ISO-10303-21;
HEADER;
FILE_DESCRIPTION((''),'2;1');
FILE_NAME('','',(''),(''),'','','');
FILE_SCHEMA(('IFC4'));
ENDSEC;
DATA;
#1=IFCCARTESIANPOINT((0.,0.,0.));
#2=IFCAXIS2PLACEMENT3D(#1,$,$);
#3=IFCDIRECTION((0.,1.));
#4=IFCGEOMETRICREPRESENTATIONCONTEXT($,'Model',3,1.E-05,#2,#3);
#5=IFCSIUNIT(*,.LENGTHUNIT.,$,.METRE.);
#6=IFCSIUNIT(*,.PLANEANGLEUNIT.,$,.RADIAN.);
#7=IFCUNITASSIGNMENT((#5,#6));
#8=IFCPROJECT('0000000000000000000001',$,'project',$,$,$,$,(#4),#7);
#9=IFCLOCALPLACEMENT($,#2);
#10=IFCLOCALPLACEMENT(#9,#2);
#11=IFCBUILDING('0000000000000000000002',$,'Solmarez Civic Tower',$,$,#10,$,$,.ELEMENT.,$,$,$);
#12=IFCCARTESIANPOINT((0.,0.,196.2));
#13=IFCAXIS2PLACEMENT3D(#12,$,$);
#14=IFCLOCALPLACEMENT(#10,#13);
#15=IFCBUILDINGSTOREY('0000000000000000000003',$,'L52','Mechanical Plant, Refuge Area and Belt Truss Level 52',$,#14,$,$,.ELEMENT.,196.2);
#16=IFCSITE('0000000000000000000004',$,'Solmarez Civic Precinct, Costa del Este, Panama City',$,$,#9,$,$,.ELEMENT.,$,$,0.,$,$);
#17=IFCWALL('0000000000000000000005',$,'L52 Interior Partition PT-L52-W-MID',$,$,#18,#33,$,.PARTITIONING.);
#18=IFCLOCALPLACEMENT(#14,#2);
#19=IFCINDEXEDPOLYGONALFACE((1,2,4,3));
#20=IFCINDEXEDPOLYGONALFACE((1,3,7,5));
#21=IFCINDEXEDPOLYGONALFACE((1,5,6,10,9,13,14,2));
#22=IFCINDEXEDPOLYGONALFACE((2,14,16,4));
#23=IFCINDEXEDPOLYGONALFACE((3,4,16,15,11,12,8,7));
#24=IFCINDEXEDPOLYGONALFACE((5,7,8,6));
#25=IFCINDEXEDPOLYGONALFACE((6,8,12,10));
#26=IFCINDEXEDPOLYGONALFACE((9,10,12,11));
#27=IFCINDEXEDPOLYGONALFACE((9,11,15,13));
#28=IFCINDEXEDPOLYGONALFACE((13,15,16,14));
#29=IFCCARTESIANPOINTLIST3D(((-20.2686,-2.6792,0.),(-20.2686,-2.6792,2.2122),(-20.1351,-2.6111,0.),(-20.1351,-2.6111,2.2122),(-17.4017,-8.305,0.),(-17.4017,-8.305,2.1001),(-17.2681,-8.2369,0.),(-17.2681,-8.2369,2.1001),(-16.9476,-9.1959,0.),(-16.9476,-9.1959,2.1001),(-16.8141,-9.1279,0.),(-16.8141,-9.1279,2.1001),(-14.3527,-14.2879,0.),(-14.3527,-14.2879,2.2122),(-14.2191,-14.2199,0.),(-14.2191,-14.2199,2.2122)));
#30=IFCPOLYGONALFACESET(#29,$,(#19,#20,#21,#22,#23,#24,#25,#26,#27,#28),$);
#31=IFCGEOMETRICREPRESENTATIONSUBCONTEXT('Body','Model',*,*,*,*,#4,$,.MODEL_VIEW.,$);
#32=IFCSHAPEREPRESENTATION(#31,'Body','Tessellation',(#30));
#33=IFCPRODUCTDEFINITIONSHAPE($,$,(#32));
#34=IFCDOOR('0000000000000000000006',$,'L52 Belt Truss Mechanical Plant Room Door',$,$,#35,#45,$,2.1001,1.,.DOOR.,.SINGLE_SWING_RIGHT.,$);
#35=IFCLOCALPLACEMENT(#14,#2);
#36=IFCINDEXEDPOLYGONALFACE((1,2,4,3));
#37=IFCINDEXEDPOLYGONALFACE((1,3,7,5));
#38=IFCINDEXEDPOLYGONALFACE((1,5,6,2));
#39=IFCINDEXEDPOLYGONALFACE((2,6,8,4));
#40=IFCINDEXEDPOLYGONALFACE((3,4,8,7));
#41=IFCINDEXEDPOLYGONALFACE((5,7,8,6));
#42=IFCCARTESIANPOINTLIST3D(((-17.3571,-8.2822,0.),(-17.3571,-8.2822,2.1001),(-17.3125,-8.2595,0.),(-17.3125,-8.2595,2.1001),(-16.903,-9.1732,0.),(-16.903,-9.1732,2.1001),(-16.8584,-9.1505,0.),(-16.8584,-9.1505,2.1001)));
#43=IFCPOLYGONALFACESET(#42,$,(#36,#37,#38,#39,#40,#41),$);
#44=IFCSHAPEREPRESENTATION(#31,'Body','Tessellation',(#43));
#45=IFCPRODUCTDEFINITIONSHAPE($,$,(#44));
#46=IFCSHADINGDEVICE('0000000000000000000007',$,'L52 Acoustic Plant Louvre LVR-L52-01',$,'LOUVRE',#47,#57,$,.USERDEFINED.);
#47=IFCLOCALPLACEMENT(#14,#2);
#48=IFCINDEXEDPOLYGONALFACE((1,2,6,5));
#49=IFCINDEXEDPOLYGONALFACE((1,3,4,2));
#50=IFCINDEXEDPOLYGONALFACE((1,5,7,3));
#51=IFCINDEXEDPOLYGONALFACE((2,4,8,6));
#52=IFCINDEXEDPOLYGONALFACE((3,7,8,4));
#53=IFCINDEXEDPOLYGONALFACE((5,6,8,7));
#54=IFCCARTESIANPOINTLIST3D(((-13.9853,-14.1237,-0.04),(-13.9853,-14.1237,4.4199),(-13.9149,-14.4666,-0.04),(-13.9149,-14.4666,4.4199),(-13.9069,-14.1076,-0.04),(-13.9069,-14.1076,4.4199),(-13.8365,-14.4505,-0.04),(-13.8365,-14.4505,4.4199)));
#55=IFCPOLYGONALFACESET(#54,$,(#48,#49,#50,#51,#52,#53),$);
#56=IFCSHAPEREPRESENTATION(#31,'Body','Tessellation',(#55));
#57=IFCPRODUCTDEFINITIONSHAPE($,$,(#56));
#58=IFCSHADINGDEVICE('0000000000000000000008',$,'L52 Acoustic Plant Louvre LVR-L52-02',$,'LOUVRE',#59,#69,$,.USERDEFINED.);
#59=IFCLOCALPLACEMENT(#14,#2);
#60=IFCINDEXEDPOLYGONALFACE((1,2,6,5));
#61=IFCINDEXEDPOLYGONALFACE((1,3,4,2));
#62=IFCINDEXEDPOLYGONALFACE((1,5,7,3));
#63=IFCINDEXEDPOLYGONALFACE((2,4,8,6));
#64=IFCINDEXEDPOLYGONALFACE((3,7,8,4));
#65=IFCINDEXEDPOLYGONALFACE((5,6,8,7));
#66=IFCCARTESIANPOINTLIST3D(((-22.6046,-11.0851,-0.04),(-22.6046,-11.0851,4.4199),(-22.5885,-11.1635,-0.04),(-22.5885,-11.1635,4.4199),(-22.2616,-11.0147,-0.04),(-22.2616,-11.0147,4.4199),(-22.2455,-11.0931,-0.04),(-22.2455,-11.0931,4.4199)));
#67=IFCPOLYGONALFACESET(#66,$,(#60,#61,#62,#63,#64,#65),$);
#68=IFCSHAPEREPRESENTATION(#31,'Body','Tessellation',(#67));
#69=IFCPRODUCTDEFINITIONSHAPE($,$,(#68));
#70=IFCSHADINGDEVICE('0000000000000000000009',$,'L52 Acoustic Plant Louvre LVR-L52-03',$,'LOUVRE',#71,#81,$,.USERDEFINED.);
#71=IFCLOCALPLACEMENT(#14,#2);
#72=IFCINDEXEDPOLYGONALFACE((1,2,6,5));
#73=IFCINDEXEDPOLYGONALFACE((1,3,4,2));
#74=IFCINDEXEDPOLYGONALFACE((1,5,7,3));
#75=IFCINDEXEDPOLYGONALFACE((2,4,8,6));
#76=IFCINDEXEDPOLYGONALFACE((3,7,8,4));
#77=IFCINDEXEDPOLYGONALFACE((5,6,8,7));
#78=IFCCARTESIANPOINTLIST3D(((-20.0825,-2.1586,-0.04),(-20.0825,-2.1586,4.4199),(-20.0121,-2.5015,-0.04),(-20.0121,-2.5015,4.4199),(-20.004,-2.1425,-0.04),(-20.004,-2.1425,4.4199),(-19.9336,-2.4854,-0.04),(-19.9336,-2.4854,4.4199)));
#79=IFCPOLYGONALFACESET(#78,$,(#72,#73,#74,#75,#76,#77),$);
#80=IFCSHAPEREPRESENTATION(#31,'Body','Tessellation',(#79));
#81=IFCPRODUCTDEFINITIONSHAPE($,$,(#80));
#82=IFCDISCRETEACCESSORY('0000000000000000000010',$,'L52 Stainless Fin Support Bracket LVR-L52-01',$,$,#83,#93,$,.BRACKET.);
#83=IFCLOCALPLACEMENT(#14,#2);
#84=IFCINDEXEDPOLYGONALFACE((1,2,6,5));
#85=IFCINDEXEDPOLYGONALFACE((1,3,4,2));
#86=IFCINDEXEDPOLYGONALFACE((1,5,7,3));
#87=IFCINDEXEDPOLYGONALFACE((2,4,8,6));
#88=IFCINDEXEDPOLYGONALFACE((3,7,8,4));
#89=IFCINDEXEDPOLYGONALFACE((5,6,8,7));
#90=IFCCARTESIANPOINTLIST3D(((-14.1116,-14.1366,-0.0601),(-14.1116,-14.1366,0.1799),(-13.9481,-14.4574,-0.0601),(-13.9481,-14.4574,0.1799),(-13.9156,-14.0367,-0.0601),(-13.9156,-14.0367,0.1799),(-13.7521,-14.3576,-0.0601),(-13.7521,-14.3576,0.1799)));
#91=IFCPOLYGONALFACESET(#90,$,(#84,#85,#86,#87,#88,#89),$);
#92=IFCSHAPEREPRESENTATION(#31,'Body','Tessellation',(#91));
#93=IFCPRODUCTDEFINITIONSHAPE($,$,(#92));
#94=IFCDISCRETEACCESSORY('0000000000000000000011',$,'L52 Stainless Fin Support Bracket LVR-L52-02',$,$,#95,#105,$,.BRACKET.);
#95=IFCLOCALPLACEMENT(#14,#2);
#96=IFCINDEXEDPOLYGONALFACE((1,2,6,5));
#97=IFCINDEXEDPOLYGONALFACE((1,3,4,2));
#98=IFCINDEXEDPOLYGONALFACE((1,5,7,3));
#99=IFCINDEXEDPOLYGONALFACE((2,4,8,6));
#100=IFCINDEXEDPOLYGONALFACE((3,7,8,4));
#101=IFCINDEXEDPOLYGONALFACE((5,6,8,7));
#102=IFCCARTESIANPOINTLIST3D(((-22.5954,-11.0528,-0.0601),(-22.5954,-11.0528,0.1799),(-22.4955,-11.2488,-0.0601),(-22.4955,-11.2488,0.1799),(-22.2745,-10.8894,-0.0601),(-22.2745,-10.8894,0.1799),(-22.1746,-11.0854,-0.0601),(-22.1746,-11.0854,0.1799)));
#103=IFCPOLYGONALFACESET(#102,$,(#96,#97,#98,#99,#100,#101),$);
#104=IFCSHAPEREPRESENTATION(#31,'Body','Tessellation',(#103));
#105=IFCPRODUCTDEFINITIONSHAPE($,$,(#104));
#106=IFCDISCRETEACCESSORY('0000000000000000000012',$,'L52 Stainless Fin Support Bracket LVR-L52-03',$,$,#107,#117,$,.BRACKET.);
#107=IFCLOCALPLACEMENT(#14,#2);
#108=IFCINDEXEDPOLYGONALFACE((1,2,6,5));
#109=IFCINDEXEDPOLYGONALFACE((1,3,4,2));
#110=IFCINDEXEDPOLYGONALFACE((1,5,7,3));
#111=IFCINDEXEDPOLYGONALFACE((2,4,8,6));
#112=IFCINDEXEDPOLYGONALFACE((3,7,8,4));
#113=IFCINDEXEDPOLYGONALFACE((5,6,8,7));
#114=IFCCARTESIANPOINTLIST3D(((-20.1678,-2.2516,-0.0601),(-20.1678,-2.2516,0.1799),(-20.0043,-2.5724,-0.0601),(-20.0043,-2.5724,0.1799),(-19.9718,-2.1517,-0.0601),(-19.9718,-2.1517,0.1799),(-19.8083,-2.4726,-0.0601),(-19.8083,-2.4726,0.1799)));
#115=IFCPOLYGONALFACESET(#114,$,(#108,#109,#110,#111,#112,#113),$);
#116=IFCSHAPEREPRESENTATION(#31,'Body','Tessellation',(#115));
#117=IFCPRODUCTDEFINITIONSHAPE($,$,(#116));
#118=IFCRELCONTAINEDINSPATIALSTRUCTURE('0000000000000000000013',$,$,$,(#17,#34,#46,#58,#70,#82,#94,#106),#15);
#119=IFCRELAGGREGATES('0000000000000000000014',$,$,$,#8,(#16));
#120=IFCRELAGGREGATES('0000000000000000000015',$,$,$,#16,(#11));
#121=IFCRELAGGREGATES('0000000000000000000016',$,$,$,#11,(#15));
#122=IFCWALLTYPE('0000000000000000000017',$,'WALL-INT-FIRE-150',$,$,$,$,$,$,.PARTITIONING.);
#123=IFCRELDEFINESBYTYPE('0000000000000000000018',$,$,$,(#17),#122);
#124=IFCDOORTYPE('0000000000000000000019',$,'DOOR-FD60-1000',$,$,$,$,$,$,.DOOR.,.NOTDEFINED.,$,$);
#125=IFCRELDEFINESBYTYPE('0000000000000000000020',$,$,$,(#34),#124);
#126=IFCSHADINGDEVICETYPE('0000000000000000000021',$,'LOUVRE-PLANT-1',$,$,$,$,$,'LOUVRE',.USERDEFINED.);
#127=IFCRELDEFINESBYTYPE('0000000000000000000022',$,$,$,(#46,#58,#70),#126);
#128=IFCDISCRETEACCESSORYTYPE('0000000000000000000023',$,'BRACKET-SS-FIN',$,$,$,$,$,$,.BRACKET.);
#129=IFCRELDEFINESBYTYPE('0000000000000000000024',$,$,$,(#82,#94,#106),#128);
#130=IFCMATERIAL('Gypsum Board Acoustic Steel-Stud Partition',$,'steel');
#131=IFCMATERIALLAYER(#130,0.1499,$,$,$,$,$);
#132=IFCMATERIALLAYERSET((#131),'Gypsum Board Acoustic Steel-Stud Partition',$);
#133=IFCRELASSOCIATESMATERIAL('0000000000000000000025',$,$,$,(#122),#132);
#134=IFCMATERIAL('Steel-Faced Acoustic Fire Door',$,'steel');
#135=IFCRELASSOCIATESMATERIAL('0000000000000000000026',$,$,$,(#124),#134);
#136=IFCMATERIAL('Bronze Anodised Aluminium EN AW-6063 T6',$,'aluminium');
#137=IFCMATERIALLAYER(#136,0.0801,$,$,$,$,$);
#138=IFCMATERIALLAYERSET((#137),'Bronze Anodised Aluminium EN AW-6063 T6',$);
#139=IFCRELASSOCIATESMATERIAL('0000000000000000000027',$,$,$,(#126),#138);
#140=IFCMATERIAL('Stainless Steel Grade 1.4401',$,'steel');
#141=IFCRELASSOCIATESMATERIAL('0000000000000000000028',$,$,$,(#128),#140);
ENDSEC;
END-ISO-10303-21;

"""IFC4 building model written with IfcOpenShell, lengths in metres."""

from ifc_helpers import new_model, si_unit, direction, frame, frame_2d, origin, origin_2d, place, context, subcontext, project, spatial, rectangle, extrude, material, layer, layer_set, type_object, element, fill, save


model = new_model("IFC4")

# Units and contexts
model_context = context("Model", 3, precision=1e-05, world=origin(), true_north=direction((0.0, 1.0)))
body_context = subcontext(model_context, "Body", "Model", "MODEL_VIEW")
ifc_project = project(units=[si_unit("LENGTHUNIT", "METRE"), si_unit("PLANEANGLEUNIT", "RADIAN")], contexts=[model_context])

# Site, building, storey
site_placement = place(None, origin())
site = spatial("IfcSite", under=ifc_project, at=site_placement, Name="Solmarez Civic Precinct, Costa del Este, Panama City", CompositionType="ELEMENT", RefElevation=0.0)
building_placement = place(site_placement, origin())
building = spatial("IfcBuilding", under=site, at=building_placement, Name="Solmarez Civic Tower", CompositionType="ELEMENT")
storey_placement = place(building_placement, frame((0.0, 0.0, 196.2)))
storey = spatial("IfcBuildingStorey", under=building, at=storey_placement, Name="L52", Description="Mechanical Plant, Refuge Area and Belt Truss Level 52", CompositionType="ELEMENT", Elevation=196.2)

# Shared definitions
ifc_material_1 = material(Name="Gypsum Board Acoustic Steel-Stud Partition", Category="steel")
ifc_layer_1 = layer(ifc_material_1, 0.1499)
ifc_layer_set_1 = layer_set([ifc_layer_1], Name="Gypsum Board Acoustic Steel-Stud Partition")
wall_type_1 = type_object("IfcWallType", Name="WALL-INT-FIRE-150", PredefinedType="PARTITIONING", material=ifc_layer_set_1)

# Wall, opening, door
wall_1_placement = place(storey_placement, frame((-14.2859, -14.2539, 0.0), z_axis=(0.0, 0.0, 1.0), x_axis=(-0.454051, 0.890976, 0.0)))
wall_1 = element("IfcWall", 1, at=wall_1_placement, inside=storey, type_object=wall_type_1, Name="L52 Interior Partition PT-L52-W-MID", PredefinedType="PARTITIONING", context=body_context, shape_type="SweptSolid", body=[
    extrude(rectangle(XDim=13.0293, YDim=0.1499, at=frame_2d((6.5146, 0.0))), origin(), (0.0, 0.0, 1.0), 2.2122),
])
opening_placement = place(wall_1_placement, frame((5.7151, 0.0, 0.0)))
opening = element("IfcOpeningElement", 2, at=opening_placement, cuts=wall_1, PredefinedType="OPENING", context=body_context, shape_type="SweptSolid", body=[
    extrude(rectangle(XDim=1.0, YDim=2.1001, at=frame_2d((0.5, 1.05))), frame((0.0, 0.085, 0.0), z_axis=(0.0, -1.0, 0.0), x_axis=(1.0, 0.0, 0.0)), (0.0, 0.0, 1.0), 0.1699),
])
ifc_material_2 = material(Name="Steel-Faced Acoustic Fire Door", Category="steel")
door_type = type_object("IfcDoorType", Name="DOOR-FD60-1000", OperationType="NOTDEFINED", PredefinedType="DOOR", material=ifc_material_2)
door_placement = place(opening_placement, origin())
door = element("IfcDoor", 3, at=door_placement, inside=storey, type_object=door_type, Name="L52 Belt Truss Mechanical Plant Room Door", OperationType="SINGLE_SWING_RIGHT", OverallHeight=2.1001, OverallWidth=1.0, PredefinedType="DOOR", context=body_context, shape_type="SweptSolid", body=[
    extrude(rectangle(XDim=1.0, YDim=2.1001, at=frame_2d((0.5, 1.05))), frame((0.0, 0.0249, 0.0), z_axis=(0.0, -1.0, 0.0), x_axis=(1.0, 0.0, 0.0)), (0.0, 0.0, 1.0), 0.05),
])
fill(opening, door)

# Shading devices
ifc_material_3 = material(Name="Bronze Anodised Aluminium EN AW-6063 T6", Category="aluminium")
ifc_layer_2 = layer(ifc_material_3, 0.0801)
ifc_layer_set_2 = layer_set([ifc_layer_2], Name="Bronze Anodised Aluminium EN AW-6063 T6")
shading_device_type = type_object("IfcShadingDeviceType", Name="LOUVRE-PLANT-1", ElementType="LOUVRE", PredefinedType="USERDEFINED", material=ifc_layer_set_2)
for number, where, z_axis, x_axis, name in (
    (4, (-13.9109, -14.2871, -0.04), (0.0, 0.0, 1.0), (0.201078, -0.979575, 0.0), "L52 Acoustic Plant Louvre LVR-L52-01"),
    (5, (-22.425, -11.0891, -0.04), (0.0, 0.0, 1.0), (-0.979589, -0.20101, 0.0), "L52 Acoustic Plant Louvre LVR-L52-02"),
    (6, (-20.0081, -2.322, -0.04), (0.0, 0.0, 1.0), (-0.201044, 0.979582, 0.0), "L52 Acoustic Plant Louvre LVR-L52-03"),
):
    element("IfcShadingDevice", number, at=place(storey_placement, frame(where, z_axis=z_axis, x_axis=x_axis)), inside=storey, type_object=shading_device_type, Name=name, ObjectType="LOUVRE", PredefinedType="USERDEFINED", context=body_context, shape_type="SweptSolid", body=[
        extrude(rectangle(XDim=0.3501, YDim=0.0801, at=origin_2d()), origin(), (0.0, 0.0, 1.0), 4.46),
    ])

# Discrete accessories
ifc_material_4 = material(Name="Stainless Steel Grade 1.4401", Category="steel")
discrete_accessory_type = type_object("IfcDiscreteAccessoryType", Name="BRACKET-SS-FIN", PredefinedType="BRACKET", material=ifc_material_4)
for number, where, z_axis, x_axis, name in (
    (7, (-13.9319, -14.2471, -0.0601), (0.0, 0.0, 1.0), (0.453998, -0.891003, 0.0), "L52 Stainless Fin Support Bracket LVR-L52-01"),
    (8, (-22.385, -11.0691, -0.0601), (0.0, 0.0, 1.0), (-0.891039, -0.453926, 0.0), "L52 Stainless Fin Support Bracket LVR-L52-02"),
    (9, (-19.988, -2.3621, -0.0601), (0.0, 0.0, 1.0), (-0.453953, 0.891026, 0.0), "L52 Stainless Fin Support Bracket LVR-L52-03"),
):
    element("IfcDiscreteAccessory", number, at=place(storey_placement, frame(where, z_axis=z_axis, x_axis=x_axis)), inside=storey, type_object=discrete_accessory_type, Name=name, PredefinedType="BRACKET", context=body_context, shape_type="SweptSolid", body=[
        extrude(rectangle(XDim=0.3601, YDim=0.22, at=origin_2d()), origin(), (0.0, 0.0, 1.0), 0.24),
    ])

save(model, "model.ifc")
